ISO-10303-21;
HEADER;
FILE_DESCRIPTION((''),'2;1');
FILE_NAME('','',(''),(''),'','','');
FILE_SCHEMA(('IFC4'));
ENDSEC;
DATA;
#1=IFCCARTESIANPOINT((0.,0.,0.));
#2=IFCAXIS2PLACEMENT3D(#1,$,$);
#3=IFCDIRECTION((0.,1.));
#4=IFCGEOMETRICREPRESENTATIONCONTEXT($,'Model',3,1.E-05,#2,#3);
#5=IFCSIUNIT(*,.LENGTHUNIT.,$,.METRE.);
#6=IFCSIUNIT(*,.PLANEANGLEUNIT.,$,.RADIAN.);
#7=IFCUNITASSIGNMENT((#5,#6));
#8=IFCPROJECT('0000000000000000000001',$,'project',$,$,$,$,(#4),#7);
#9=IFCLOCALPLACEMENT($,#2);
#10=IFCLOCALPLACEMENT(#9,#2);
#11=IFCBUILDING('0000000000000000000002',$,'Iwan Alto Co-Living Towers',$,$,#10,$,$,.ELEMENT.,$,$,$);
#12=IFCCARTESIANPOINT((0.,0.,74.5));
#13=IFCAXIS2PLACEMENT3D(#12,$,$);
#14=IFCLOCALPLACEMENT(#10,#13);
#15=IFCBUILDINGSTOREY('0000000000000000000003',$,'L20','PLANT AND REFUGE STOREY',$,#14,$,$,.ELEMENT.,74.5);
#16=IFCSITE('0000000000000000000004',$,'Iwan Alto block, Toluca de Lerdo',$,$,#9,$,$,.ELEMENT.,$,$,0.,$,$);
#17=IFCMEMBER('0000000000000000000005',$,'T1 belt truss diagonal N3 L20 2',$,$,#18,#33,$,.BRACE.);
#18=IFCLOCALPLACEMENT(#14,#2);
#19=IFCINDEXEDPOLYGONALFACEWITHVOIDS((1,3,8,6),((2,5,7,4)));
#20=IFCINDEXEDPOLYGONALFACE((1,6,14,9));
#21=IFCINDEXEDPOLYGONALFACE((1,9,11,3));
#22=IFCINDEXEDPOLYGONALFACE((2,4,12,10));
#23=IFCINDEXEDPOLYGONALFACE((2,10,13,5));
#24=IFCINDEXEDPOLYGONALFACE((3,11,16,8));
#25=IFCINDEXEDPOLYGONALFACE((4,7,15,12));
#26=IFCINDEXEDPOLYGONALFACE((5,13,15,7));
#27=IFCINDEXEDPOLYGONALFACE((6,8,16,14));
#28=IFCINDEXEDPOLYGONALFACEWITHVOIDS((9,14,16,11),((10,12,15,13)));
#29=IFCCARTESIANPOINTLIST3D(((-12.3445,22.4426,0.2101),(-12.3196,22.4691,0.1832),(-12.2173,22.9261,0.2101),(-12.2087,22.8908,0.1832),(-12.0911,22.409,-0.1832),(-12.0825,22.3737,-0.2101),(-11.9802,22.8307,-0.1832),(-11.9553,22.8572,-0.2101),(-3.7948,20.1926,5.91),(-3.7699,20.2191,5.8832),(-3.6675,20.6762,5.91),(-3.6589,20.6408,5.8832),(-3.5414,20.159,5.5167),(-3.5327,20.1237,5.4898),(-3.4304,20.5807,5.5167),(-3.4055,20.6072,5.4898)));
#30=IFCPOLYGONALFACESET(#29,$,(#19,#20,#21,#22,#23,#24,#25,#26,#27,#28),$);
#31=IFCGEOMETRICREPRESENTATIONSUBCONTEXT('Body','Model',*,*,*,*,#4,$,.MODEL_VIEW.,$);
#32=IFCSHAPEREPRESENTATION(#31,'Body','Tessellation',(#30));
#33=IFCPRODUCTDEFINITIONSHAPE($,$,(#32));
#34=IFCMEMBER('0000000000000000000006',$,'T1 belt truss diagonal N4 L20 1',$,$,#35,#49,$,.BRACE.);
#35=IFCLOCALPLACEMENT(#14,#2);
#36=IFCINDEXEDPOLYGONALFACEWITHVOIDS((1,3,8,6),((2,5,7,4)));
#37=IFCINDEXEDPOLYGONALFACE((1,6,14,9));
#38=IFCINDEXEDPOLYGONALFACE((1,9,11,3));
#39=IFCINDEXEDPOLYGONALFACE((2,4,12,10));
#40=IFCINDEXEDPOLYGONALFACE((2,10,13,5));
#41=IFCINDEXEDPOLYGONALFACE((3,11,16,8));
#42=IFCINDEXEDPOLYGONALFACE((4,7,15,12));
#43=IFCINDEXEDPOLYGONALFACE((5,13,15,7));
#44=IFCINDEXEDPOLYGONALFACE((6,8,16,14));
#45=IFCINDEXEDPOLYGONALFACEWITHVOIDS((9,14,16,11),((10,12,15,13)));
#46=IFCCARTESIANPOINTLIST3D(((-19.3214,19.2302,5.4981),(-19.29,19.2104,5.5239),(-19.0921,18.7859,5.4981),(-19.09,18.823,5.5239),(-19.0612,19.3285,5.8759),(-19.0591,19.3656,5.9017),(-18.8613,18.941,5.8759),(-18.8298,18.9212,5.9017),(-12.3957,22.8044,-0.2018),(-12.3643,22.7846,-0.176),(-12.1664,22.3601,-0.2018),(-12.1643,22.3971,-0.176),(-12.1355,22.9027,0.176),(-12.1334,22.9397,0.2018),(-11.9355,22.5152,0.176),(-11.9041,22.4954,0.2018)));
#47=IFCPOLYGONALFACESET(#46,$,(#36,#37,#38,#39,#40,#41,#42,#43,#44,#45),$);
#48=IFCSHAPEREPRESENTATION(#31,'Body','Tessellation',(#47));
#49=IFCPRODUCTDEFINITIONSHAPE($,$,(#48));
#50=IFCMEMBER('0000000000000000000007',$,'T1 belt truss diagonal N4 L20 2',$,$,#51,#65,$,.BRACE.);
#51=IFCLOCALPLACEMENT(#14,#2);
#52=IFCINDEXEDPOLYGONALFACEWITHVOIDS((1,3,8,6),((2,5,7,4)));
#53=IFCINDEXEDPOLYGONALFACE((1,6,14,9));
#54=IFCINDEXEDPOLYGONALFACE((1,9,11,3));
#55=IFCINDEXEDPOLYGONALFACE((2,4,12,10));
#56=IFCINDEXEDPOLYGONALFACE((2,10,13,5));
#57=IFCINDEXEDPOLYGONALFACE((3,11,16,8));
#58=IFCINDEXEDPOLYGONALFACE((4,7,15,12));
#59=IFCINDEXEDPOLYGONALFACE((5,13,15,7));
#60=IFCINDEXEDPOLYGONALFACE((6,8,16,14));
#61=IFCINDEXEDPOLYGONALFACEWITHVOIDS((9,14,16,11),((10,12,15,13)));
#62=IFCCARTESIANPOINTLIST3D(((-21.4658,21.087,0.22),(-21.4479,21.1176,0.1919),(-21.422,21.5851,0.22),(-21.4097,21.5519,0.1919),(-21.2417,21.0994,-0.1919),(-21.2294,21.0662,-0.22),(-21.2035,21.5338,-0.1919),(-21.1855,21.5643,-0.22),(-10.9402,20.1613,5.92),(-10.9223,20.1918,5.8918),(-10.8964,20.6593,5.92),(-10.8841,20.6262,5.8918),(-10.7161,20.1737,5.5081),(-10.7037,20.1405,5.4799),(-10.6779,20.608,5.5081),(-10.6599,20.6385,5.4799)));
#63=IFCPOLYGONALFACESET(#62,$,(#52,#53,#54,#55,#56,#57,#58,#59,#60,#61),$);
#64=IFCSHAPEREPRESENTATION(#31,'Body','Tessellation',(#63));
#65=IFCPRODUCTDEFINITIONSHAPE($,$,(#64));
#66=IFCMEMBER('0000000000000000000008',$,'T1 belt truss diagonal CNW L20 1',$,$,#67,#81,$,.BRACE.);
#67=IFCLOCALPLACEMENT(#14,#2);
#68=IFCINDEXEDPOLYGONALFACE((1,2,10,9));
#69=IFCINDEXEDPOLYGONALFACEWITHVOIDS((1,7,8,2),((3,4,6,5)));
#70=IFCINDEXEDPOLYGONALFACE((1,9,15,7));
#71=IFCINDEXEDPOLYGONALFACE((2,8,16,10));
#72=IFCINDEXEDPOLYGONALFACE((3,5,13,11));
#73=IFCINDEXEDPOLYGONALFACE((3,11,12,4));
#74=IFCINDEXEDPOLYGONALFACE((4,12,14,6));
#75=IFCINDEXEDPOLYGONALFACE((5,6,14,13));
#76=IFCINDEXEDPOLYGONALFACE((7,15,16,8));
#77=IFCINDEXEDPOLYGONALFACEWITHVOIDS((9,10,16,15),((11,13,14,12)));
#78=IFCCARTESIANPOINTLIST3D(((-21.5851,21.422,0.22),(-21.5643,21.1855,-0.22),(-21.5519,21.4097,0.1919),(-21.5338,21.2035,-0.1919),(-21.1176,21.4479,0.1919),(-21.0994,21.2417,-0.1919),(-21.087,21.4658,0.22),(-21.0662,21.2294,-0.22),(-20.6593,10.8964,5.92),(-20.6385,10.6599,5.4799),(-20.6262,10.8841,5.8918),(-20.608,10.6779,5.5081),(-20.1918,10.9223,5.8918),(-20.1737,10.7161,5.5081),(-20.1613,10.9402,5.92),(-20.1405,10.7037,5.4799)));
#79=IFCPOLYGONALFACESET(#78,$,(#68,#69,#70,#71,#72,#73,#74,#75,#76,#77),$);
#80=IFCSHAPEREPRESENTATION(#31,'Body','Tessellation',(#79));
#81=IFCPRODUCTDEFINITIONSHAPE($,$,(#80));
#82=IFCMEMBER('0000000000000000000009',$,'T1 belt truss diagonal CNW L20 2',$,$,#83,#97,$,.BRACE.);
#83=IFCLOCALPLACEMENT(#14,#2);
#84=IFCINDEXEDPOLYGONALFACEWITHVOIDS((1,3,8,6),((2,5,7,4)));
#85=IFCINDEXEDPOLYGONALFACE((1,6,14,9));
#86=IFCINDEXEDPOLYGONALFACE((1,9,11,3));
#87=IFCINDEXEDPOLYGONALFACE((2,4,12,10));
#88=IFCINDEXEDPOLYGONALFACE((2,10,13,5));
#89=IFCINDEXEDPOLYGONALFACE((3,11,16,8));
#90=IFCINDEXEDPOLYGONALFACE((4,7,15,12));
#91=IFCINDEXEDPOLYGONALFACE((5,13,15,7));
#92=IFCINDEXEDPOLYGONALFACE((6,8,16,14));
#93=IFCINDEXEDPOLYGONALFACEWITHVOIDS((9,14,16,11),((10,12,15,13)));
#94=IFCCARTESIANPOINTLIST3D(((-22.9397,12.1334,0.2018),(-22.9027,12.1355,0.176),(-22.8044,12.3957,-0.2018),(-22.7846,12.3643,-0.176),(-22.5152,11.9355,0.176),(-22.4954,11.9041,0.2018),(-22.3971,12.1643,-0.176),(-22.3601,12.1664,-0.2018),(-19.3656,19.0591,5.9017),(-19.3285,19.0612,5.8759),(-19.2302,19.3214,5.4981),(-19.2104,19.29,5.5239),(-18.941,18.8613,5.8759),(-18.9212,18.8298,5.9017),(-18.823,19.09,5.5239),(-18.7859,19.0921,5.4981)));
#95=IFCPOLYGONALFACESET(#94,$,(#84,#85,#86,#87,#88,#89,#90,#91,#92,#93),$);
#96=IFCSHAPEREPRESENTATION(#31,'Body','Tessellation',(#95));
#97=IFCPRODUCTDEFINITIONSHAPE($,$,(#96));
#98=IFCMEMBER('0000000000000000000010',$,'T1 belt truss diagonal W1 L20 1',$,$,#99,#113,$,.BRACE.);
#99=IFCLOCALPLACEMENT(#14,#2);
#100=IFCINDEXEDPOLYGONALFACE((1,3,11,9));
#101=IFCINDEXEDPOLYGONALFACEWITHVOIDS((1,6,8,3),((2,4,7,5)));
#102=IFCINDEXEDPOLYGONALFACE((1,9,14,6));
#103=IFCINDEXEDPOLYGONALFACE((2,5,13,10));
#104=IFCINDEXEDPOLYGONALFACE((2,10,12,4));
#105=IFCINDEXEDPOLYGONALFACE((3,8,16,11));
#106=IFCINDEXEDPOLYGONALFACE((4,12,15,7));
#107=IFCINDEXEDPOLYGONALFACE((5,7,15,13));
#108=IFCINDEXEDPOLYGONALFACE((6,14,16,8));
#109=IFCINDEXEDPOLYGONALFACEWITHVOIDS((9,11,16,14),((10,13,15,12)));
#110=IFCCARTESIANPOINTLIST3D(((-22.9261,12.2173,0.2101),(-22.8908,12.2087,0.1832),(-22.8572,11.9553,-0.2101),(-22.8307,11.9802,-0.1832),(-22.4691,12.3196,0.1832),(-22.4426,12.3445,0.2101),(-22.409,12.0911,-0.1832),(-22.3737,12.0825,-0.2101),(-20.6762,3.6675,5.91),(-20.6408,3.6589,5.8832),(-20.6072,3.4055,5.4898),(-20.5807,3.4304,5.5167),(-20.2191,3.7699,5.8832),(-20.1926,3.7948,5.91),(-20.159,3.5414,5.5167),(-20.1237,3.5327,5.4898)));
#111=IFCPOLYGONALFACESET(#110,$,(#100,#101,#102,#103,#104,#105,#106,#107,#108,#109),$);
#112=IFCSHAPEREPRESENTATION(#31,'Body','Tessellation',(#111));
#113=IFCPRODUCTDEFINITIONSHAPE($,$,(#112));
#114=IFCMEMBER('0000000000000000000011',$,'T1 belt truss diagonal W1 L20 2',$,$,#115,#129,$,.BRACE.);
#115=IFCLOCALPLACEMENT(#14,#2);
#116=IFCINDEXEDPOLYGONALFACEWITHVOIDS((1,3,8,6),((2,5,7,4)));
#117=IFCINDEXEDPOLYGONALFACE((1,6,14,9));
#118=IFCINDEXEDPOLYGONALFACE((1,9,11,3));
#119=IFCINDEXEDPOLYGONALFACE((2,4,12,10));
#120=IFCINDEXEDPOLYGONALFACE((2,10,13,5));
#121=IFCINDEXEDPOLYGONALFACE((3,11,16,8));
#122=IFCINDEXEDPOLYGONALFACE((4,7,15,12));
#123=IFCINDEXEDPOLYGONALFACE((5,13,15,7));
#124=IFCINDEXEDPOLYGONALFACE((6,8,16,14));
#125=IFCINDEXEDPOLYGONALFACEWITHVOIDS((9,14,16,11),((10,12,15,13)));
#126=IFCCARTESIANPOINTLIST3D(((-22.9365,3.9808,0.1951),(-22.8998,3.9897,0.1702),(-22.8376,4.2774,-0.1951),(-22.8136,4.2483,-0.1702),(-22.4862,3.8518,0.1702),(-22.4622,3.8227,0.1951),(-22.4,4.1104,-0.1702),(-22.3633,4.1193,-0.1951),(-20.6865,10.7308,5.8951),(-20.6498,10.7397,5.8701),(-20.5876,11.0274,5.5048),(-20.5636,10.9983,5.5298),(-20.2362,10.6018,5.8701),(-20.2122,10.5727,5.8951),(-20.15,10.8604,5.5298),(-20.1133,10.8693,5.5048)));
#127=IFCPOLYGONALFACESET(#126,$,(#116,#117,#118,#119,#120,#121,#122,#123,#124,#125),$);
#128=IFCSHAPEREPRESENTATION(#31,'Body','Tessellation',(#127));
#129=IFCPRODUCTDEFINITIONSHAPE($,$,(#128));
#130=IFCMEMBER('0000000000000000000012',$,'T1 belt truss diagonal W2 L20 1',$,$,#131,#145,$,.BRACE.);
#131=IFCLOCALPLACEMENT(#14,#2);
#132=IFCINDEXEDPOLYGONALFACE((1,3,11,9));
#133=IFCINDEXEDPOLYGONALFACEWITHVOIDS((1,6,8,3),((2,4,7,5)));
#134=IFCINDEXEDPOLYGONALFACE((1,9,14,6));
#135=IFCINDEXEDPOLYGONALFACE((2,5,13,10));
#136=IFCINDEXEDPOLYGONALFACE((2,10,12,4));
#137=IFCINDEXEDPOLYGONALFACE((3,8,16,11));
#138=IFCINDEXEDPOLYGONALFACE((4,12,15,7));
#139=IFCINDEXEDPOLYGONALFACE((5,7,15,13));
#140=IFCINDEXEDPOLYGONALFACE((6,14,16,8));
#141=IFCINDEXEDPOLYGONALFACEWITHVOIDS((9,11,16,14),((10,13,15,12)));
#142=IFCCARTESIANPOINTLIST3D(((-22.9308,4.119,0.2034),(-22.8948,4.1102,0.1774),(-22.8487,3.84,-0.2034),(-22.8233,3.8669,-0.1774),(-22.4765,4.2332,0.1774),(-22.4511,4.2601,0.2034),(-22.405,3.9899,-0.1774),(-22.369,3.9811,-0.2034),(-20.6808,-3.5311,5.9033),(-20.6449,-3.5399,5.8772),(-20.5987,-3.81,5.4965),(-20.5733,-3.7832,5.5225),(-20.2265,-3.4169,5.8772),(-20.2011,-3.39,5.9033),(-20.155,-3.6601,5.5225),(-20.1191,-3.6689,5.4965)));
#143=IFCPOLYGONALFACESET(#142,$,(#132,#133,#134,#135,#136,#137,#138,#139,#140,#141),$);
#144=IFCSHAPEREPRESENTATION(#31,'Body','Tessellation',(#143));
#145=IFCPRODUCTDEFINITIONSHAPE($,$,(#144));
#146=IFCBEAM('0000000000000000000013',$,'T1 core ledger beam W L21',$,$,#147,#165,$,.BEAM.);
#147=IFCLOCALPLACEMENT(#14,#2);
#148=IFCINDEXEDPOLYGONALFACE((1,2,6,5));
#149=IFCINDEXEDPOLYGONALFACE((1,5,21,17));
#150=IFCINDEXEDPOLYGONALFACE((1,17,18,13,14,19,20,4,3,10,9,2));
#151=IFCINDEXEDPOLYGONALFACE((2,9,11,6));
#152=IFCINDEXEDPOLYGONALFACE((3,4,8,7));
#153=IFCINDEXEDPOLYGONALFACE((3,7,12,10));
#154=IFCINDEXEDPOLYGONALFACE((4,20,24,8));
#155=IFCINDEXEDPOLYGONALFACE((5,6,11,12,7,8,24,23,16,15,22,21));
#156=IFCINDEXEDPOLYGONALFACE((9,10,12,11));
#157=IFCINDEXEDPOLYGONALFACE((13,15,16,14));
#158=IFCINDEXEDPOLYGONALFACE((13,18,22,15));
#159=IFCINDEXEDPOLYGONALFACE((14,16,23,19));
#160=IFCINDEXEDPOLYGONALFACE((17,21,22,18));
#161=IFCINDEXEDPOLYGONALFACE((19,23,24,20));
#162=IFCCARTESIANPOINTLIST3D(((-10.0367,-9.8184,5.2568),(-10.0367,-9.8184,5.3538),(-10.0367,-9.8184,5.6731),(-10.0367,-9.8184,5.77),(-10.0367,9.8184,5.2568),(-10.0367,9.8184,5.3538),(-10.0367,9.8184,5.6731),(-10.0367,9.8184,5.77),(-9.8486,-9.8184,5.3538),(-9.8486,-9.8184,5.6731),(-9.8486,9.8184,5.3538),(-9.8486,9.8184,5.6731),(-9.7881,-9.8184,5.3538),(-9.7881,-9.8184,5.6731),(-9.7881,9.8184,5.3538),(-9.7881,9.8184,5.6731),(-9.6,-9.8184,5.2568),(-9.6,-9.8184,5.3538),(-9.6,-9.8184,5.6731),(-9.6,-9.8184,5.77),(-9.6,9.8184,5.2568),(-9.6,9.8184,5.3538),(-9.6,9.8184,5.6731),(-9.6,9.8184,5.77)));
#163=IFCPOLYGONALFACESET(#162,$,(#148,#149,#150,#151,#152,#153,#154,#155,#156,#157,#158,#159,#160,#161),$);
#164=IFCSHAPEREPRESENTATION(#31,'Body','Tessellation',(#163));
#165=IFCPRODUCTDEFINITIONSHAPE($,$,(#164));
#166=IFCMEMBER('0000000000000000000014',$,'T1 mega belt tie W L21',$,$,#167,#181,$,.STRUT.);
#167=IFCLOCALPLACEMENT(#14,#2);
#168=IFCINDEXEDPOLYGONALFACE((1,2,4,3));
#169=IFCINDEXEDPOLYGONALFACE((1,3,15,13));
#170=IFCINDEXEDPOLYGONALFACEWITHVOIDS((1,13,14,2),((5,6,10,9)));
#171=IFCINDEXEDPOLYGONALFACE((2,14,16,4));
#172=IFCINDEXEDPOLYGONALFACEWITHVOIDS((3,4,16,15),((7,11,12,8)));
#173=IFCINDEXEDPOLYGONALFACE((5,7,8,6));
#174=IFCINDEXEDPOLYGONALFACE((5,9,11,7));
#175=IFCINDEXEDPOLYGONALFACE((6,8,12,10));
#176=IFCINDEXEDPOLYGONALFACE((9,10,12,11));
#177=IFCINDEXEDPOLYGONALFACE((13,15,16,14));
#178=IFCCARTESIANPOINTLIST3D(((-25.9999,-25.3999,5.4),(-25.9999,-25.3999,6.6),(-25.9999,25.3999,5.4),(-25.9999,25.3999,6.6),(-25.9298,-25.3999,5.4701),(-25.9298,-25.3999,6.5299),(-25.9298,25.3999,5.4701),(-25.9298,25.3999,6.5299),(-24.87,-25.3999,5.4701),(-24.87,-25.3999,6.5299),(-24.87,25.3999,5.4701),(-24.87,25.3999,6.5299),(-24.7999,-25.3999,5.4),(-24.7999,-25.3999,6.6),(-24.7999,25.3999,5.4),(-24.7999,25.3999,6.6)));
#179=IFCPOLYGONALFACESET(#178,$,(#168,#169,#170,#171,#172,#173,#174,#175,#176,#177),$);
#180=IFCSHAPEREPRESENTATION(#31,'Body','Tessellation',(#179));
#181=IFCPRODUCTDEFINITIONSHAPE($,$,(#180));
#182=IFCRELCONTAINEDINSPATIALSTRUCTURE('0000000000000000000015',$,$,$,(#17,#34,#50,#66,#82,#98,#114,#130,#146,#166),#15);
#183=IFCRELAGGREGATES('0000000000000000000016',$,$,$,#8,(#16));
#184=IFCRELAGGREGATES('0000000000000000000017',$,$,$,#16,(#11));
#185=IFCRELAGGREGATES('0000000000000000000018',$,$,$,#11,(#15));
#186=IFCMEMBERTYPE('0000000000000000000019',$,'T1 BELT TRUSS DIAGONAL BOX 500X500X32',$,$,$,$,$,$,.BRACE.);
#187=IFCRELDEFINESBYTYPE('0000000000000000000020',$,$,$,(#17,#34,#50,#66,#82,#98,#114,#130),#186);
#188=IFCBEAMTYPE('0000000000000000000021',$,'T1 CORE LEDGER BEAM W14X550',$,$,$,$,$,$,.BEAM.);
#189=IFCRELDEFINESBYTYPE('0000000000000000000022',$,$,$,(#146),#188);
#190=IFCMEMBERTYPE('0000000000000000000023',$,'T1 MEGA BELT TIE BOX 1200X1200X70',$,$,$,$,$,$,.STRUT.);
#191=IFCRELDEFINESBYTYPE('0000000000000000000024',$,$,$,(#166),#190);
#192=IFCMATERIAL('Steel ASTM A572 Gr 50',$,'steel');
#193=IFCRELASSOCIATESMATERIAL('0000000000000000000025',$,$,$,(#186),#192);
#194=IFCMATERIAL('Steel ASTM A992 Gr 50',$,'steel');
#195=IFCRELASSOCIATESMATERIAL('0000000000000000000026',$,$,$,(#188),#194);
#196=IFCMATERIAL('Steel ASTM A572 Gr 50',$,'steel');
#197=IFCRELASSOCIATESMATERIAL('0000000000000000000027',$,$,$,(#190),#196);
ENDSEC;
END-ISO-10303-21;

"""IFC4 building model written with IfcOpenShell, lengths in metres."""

from ifc_helpers import new_model, si_unit, direction, frame, origin, origin_2d, place, context, subcontext, project, spatial, hollow_rectangle, i_section, extrude, material, material_profile, profile_set, type_object, element, save


model = new_model("IFC4")

# Units and contexts
model_context = context("Model", 3, precision=1e-05, world=origin(), true_north=direction((0.0, 1.0)))
body_context = subcontext(model_context, "Body", "Model", "MODEL_VIEW")
ifc_project = project(units=[si_unit("LENGTHUNIT", "METRE"), si_unit("PLANEANGLEUNIT", "RADIAN")], contexts=[model_context])

# Site, building, storey
site_placement = place(None, origin())
site = spatial("IfcSite", under=ifc_project, at=site_placement, Name="Iwan Alto block, Toluca de Lerdo", CompositionType="ELEMENT", RefElevation=0.0)
building_placement = place(site_placement, origin())
building = spatial("IfcBuilding", under=site, at=building_placement, Name="Iwan Alto Co-Living Towers", CompositionType="ELEMENT")
storey_placement = place(building_placement, frame((0.0, 0.0, 74.5)))
storey = spatial("IfcBuildingStorey", under=building, at=storey_placement, Name="L20", Description="PLANT AND REFUGE STOREY", CompositionType="ELEMENT", Elevation=74.5)

# Members
ifc_material_1 = material(Name="Steel ASTM A572 Gr 50", Category="steel")
ifc_material_profile_1 = material_profile(ifc_material_1, hollow_rectangle(XDim=0.5, YDim=0.5, WallThickness=0.032, at=origin_2d()), Name="BOX 500X500X32")
ifc_profile_set_1 = profile_set([ifc_material_profile_1], Name="Steel ASTM A572 Gr 50")
member_type_1 = type_object("IfcMemberType", Name="T1 BELT TRUSS DIAGONAL BOX 500X500X32", PredefinedType="BRACE", material=ifc_profile_set_1)
member_1_placement = place(storey_placement, frame((-12.1499, 22.6499, 0.0), z_axis=(0.81279, -0.213897, 0.541868), x_axis=(0.254499, 0.967073, 0.0)))
element("IfcMember", 1, at=member_1_placement, inside=storey, type_object=member_type_1, Name="T1 belt truss diagonal N3 L20 2", PredefinedType="BRACE", context=body_context, shape_type="SweptSolid", body=[
    extrude(hollow_rectangle(XDim=0.5, YDim=0.5, WallThickness=0.032, at=origin_2d()), origin(), (0.0, 0.0, 1.0), 10.519),
])
member_2_placement = place(storey_placement, frame((-12.1499, 22.6499, 0.0), z_axis=(-0.71728, -0.37017, 0.590325), x_axis=(0.458605, -0.88864, 0.0)))
element("IfcMember", 2, at=member_2_placement, inside=storey, type_object=member_type_1, Name="T1 belt truss diagonal N4 L20 1", PredefinedType="BRACE", context=body_context, shape_type="SweptSolid", body=[
    extrude(hollow_rectangle(XDim=0.5, YDim=0.5, WallThickness=0.032, at=origin_2d()), origin(), (0.0, 0.0, 1.0), 9.6555),
])
for number, where, z_axis, x_axis, name in (
    (3, (-21.3257, 21.3257, 0.0), (0.876724, -0.077112, 0.474773), (0.087617, 0.996154, 0.0), "T1 belt truss diagonal N4 L20 2"),
    (4, (-21.3257, 21.3257, 0.0), (0.077112, -0.876724, 0.474773), (0.996154, 0.087617, 0.0), "T1 belt truss diagonal CNW L20 1"),
):
    element("IfcMember", number, at=place(storey_placement, frame(where, z_axis=z_axis, x_axis=x_axis)), inside=storey, type_object=member_type_1, Name=name, PredefinedType="BRACE", context=body_context, shape_type="SweptSolid", body=[
        extrude(hollow_rectangle(XDim=0.5, YDim=0.5, WallThickness=0.032, at=origin_2d()), origin(), (0.0, 0.0, 1.0), 12.0056),
    ])
member_3_placement = place(storey_placement, frame((-22.6499, 12.1499, 0.0), z_axis=(0.37017, 0.71728, 0.590325), x_axis=(-0.88864, 0.458605, 0.0)))
element("IfcMember", 5, at=member_3_placement, inside=storey, type_object=member_type_1, Name="T1 belt truss diagonal CNW L20 2", PredefinedType="BRACE", context=body_context, shape_type="SweptSolid", body=[
    extrude(hollow_rectangle(XDim=0.5, YDim=0.5, WallThickness=0.032, at=origin_2d()), origin(), (0.0, 0.0, 1.0), 9.6555),
])
member_4_placement = place(storey_placement, frame((-22.6499, 12.1499, 0.0), z_axis=(0.213897, -0.81279, 0.541868), x_axis=(0.967073, 0.254499, 0.0)))
element("IfcMember", 6, at=member_4_placement, inside=storey, type_object=member_type_1, Name="T1 belt truss diagonal W1 L20 1", PredefinedType="BRACE", context=body_context, shape_type="SweptSolid", body=[
    extrude(hollow_rectangle(XDim=0.5, YDim=0.5, WallThickness=0.032, at=origin_2d()), origin(), (0.0, 0.0, 1.0), 10.519),
])
member_5_placement = place(storey_placement, frame((-22.6499, 4.05, 0.0), z_axis=(0.246799, 0.740398, 0.62522), x_axis=(-0.948683, 0.316228, 0.0)))
element("IfcMember", 7, at=member_5_placement, inside=storey, type_object=member_type_1, Name="T1 belt truss diagonal W1 L20 2", PredefinedType="BRACE", context=body_context, shape_type="SweptSolid", body=[
    extrude(hollow_rectangle(XDim=0.5, YDim=0.5, WallThickness=0.032, at=origin_2d()), origin(), (0.0, 0.0, 1.0), 9.1167),
])
member_6_placement = place(storey_placement, frame((-22.6499, 4.05, 0.0), z_axis=(0.229548, -0.780478, 0.581517), x_axis=(0.959367, 0.282161, 0.0)))
element("IfcMember", 8, at=member_6_placement, inside=storey, type_object=member_type_1, Name="T1 belt truss diagonal W2 L20 1", PredefinedType="BRACE", context=body_context, shape_type="SweptSolid", body=[
    extrude(hollow_rectangle(XDim=0.5, YDim=0.5, WallThickness=0.032, at=origin_2d()), origin(), (0.0, 0.0, 1.0), 9.8018),
])

# Beam
ifc_material_2 = material(Name="Steel ASTM A992 Gr 50", Category="steel")
ifc_material_profile_2 = material_profile(ifc_material_2, i_section(OverallWidth=0.4368, OverallDepth=0.5132, WebThickness=0.0605, FlangeThickness=0.0969, at=origin_2d()), Name="W14X550")
ifc_profile_set_2 = profile_set([ifc_material_profile_2], Name="Steel ASTM A992 Gr 50")
beam_type_1 = type_object("IfcBeamType", Name="T1 CORE LEDGER BEAM W14X550", PredefinedType="BEAM", material=ifc_profile_set_2)
beam_1_placement = place(storey_placement, frame((-9.8184, 9.8184, 5.5134), z_axis=(0.0, -1.0, 0.0), x_axis=(1.0, 0.0, 0.0)))
element("IfcBeam", 9, at=beam_1_placement, inside=storey, type_object=beam_type_1, Name="T1 core ledger beam W L21", PredefinedType="BEAM", context=body_context, shape_type="SweptSolid", body=[
    extrude(i_section(OverallWidth=0.4368, OverallDepth=0.5132, WebThickness=0.0605, FlangeThickness=0.0969, at=origin_2d()), origin(), (0.0, 0.0, 1.0), 19.6367),
])

# Member
ifc_material_3 = material(Name="Steel ASTM A572 Gr 50", Category="steel")
ifc_material_profile_3 = material_profile(ifc_material_3, hollow_rectangle(XDim=1.2, YDim=1.2, WallThickness=0.0701, at=origin_2d()), Name="BOX 1200X1200X70")
ifc_profile_set_3 = profile_set([ifc_material_profile_3], Name="Steel ASTM A572 Gr 50")
member_type_2 = type_object("IfcMemberType", Name="T1 MEGA BELT TIE BOX 1200X1200X70", PredefinedType="STRUT", material=ifc_profile_set_3)
member_7_placement = place(storey_placement, frame((-25.3999, 25.3999, 6.0), z_axis=(0.0, -1.0, 0.0), x_axis=(1.0, 0.0, 0.0)))
element("IfcMember", 10, at=member_7_placement, inside=storey, type_object=member_type_2, Name="T1 mega belt tie W L21", PredefinedType="STRUT", context=body_context, shape_type="SweptSolid", body=[
    extrude(hollow_rectangle(XDim=1.2, YDim=1.2, WallThickness=0.0701, at=origin_2d()), origin(), (0.0, 0.0, 1.0), 50.7998),
])

save(model, "model.ifc")
